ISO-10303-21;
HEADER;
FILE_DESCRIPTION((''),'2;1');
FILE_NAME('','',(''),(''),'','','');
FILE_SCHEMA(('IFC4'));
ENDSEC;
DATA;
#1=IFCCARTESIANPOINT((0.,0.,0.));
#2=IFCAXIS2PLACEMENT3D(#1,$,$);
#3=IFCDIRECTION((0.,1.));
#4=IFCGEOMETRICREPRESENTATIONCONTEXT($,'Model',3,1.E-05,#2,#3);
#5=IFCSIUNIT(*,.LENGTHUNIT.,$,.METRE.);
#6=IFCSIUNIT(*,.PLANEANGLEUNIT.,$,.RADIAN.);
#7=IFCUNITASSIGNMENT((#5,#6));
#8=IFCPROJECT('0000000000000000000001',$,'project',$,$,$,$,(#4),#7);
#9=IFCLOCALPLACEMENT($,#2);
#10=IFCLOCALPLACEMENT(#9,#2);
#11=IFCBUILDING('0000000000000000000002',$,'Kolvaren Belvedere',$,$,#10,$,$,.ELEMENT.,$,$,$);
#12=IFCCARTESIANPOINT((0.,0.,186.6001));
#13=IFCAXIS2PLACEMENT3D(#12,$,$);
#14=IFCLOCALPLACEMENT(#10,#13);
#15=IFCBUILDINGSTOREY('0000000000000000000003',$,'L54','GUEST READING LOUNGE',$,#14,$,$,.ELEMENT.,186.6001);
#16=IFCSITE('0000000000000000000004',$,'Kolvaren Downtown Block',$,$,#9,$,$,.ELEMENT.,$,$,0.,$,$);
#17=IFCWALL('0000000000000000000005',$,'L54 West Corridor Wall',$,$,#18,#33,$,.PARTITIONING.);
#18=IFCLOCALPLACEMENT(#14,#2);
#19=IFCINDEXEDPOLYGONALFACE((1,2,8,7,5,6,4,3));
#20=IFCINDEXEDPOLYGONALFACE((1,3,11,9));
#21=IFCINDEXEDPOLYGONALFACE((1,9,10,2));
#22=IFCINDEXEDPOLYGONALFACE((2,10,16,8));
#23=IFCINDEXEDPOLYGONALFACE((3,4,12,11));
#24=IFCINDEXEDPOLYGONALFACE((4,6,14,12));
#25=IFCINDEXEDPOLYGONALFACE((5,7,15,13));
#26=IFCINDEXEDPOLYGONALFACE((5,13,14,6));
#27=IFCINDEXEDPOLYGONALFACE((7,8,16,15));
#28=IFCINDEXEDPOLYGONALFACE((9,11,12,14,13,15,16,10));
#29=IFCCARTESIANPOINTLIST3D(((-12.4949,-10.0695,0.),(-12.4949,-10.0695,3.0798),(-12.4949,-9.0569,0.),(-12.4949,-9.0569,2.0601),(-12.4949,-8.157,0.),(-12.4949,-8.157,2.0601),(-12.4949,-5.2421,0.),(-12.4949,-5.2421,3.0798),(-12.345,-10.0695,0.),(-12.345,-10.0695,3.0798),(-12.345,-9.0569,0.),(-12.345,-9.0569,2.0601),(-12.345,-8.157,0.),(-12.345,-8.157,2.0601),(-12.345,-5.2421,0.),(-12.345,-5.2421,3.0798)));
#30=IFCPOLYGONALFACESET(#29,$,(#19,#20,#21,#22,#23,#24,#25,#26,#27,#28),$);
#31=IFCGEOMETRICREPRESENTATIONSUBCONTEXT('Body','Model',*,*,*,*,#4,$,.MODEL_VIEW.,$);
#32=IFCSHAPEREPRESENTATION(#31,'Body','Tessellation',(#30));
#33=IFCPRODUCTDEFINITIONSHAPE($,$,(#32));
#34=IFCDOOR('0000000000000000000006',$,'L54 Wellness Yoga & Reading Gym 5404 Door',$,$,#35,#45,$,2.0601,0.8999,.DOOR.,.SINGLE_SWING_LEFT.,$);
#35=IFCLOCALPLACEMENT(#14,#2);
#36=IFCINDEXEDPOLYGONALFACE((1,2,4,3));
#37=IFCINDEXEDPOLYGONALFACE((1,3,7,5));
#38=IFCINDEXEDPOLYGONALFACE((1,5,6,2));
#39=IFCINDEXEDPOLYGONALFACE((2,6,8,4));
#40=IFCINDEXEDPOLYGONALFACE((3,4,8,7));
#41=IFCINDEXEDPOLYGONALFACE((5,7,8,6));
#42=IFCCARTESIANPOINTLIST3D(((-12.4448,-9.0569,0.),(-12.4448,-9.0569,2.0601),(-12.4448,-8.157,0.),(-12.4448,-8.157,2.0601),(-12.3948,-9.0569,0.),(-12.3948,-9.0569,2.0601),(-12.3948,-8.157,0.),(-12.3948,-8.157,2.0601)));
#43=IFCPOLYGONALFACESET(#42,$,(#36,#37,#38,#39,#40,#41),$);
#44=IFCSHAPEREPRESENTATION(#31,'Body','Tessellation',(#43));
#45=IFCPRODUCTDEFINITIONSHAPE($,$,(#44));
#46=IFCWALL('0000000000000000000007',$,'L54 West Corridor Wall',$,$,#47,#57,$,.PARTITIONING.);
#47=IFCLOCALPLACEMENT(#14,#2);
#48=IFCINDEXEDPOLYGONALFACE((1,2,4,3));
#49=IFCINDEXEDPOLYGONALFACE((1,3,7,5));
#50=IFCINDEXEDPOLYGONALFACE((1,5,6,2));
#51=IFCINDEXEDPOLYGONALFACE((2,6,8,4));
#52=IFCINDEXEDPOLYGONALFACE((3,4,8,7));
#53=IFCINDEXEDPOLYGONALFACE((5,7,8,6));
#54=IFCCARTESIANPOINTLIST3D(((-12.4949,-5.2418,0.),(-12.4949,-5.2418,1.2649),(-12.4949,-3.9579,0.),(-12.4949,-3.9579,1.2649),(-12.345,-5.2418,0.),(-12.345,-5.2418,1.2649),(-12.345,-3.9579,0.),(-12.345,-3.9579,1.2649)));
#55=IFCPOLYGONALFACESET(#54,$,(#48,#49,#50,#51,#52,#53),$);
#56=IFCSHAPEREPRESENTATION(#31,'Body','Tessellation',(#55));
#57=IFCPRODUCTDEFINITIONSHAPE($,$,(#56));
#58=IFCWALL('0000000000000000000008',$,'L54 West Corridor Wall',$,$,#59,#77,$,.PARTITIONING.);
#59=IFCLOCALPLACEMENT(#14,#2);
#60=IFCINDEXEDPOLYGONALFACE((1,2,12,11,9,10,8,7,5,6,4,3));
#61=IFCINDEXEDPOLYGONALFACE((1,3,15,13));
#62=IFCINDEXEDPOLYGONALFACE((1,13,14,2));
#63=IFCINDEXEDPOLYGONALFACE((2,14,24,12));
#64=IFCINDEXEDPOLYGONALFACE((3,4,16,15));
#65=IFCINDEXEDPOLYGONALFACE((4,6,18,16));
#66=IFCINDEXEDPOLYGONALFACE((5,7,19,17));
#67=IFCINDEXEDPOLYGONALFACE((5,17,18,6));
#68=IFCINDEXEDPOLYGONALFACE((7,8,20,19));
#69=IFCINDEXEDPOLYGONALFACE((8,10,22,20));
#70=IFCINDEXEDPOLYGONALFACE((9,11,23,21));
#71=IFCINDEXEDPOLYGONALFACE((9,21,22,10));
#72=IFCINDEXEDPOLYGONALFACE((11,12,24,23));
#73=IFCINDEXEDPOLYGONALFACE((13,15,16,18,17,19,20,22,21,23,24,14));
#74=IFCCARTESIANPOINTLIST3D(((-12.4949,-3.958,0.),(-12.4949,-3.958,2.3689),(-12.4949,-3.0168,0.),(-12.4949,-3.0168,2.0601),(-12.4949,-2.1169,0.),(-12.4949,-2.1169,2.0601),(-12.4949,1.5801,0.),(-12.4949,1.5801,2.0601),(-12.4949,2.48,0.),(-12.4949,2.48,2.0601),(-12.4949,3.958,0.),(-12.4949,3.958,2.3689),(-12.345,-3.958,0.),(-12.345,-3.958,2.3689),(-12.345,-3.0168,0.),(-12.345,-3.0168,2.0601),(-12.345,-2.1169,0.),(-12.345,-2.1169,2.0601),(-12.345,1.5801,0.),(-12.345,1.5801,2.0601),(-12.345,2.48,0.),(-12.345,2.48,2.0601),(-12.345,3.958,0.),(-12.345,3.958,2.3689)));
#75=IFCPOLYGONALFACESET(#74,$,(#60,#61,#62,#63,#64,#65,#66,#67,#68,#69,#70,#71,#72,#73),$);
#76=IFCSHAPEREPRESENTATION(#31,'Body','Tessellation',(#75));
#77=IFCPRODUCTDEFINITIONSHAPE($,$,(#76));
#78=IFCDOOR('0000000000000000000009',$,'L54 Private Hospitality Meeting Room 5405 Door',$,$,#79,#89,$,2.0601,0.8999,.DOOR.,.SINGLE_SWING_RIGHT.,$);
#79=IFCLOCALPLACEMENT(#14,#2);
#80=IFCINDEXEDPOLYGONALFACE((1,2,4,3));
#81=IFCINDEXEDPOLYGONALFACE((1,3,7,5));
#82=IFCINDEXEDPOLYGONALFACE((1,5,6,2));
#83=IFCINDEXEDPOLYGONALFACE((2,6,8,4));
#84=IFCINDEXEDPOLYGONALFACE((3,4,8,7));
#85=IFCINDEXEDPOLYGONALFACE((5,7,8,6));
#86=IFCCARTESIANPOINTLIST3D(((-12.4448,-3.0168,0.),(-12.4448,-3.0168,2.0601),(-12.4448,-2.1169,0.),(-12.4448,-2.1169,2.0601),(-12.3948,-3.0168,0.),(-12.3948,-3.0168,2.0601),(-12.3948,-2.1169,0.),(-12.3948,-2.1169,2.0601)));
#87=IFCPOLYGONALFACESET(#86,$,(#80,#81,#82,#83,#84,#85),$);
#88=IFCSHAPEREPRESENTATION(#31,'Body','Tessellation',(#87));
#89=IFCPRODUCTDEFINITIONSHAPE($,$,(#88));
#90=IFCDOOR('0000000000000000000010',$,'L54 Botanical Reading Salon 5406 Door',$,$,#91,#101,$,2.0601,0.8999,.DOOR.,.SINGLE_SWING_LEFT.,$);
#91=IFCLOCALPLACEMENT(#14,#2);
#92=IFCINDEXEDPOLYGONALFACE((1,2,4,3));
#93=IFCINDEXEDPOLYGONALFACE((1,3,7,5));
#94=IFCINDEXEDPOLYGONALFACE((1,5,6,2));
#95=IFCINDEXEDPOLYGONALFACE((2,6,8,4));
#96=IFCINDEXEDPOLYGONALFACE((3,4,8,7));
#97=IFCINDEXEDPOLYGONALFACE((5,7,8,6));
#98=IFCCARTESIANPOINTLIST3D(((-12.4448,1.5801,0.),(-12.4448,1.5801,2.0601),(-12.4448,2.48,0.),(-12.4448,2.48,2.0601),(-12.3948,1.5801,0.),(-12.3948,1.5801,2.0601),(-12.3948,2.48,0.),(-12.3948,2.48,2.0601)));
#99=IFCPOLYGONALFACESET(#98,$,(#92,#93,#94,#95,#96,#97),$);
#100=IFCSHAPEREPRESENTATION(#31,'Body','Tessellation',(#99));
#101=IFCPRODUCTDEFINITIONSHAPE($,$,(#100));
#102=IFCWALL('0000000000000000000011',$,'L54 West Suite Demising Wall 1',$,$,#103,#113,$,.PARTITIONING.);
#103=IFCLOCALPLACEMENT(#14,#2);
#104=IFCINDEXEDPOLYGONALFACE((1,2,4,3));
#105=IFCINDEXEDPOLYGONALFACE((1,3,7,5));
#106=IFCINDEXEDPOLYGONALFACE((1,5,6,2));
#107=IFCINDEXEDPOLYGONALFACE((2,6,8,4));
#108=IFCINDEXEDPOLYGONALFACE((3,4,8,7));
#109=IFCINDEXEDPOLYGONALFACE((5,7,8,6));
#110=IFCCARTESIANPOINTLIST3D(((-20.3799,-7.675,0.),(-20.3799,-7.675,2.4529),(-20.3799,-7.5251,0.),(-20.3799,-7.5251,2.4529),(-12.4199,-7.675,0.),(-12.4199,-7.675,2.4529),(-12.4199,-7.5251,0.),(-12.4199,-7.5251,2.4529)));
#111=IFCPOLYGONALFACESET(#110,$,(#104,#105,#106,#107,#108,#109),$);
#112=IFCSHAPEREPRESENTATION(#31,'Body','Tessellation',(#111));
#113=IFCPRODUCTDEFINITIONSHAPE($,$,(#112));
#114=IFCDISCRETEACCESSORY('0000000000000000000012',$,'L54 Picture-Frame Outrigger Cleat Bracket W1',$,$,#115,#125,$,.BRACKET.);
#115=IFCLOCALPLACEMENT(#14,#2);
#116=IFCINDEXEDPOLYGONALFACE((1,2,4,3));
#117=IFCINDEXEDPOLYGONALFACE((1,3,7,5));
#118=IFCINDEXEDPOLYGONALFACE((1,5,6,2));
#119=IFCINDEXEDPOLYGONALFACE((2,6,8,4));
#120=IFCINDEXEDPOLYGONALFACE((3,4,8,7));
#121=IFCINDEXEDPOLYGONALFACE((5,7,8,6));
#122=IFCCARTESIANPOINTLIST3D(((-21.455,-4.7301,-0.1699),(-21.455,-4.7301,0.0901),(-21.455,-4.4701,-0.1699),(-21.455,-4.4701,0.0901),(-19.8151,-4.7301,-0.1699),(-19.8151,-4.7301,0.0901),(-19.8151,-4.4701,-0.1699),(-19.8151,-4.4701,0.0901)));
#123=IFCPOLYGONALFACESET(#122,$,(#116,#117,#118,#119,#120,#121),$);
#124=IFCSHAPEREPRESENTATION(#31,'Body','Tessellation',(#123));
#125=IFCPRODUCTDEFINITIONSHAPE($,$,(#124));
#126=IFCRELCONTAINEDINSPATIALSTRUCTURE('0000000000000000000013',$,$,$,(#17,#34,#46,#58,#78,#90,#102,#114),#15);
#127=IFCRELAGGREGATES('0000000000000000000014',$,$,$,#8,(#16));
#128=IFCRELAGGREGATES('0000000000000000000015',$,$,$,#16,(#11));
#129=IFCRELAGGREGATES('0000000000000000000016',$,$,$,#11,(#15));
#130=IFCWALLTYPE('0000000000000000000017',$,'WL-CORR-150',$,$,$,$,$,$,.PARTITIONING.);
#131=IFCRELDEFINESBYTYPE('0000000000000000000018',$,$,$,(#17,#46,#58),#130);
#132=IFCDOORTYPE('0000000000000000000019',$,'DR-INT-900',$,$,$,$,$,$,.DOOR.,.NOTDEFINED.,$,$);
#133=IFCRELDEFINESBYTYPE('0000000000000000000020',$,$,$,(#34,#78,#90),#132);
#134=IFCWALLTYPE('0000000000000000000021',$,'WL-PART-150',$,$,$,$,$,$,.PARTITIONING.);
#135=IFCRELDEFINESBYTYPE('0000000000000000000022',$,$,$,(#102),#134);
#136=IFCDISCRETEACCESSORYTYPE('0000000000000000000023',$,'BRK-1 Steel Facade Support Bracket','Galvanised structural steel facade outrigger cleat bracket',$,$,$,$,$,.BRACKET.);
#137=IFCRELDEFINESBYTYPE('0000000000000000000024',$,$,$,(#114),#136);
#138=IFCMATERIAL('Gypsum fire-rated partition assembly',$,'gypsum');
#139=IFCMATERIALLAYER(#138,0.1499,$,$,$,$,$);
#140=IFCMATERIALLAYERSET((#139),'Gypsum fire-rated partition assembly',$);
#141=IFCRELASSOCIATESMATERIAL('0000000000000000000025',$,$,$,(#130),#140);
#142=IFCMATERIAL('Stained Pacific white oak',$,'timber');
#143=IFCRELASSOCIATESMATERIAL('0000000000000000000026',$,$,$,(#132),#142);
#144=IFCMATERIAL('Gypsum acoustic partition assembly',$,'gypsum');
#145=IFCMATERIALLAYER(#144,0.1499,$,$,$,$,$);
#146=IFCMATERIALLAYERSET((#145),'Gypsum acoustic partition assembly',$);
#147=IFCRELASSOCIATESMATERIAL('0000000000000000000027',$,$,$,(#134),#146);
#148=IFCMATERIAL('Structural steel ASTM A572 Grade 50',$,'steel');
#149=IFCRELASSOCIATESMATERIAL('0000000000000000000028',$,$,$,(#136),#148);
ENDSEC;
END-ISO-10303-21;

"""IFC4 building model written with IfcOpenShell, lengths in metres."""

from ifc_helpers import new_model, si_unit, direction, frame, frame_2d, origin, origin_2d, place, context, subcontext, project, spatial, rectangle, extrude, material, layer, layer_set, type_object, element, fill, save


model = new_model("IFC4")

# Units and contexts
model_context = context("Model", 3, precision=1e-05, world=origin(), true_north=direction((0.0, 1.0)))
body_context = subcontext(model_context, "Body", "Model", "MODEL_VIEW")
ifc_project = project(units=[si_unit("LENGTHUNIT", "METRE"), si_unit("PLANEANGLEUNIT", "RADIAN")], contexts=[model_context])

# Site, building, storey
site_placement = place(None, origin())
site = spatial("IfcSite", under=ifc_project, at=site_placement, Name="Kolvaren Downtown Block", CompositionType="ELEMENT", RefElevation=0.0)
building_placement = place(site_placement, origin())
building = spatial("IfcBuilding", under=site, at=building_placement, Name="Kolvaren Belvedere", CompositionType="ELEMENT")
storey_placement = place(building_placement, frame((0.0, 0.0, 186.6001)))
storey = spatial("IfcBuildingStorey", under=building, at=storey_placement, Name="L54", Description="GUEST READING LOUNGE", CompositionType="ELEMENT", Elevation=186.6001)

# Shared definitions
ifc_material_1 = material(Name="Gypsum fire-rated partition assembly", Category="gypsum")
ifc_layer_1 = layer(ifc_material_1, 0.1499)
ifc_layer_set_1 = layer_set([ifc_layer_1], Name="Gypsum fire-rated partition assembly")
wall_type_1 = type_object("IfcWallType", Name="WL-CORR-150", PredefinedType="PARTITIONING", material=ifc_layer_set_1)

# Shared definitions
ifc_material_2 = material(Name="Stained Pacific white oak", Category="timber")
door_type = type_object("IfcDoorType", Name="DR-INT-900", OperationType="NOTDEFINED", PredefinedType="DOOR", material=ifc_material_2)

# Wall, opening, door
wall_1_placement = place(storey_placement, frame((-12.4199, -10.0693, 0.0), z_axis=(0.0, 0.0, 1.0), x_axis=(0.0, 1.0, 0.0)))
wall_1 = element("IfcWall", 1, at=wall_1_placement, inside=storey, type_object=wall_type_1, Name="L54 West Corridor Wall", PredefinedType="PARTITIONING", context=body_context, shape_type="SweptSolid", body=[
    extrude(rectangle(XDim=4.8274, YDim=0.1499, at=frame_2d((2.4136, 0.0))), origin(), (0.0, 0.0, 1.0), 3.0798),
])
opening_1_placement = place(wall_1_placement, frame((1.0125, 0.0, 0.0)))
opening_1 = element("IfcOpeningElement", 2, at=opening_1_placement, cuts=wall_1, PredefinedType="OPENING", context=body_context, shape_type="SweptSolid", body=[
    extrude(rectangle(XDim=0.8999, YDim=2.0601, at=frame_2d((0.45, 1.03))), frame((0.0, 0.085, 0.0), z_axis=(0.0, -1.0, 0.0), x_axis=(1.0, 0.0, 0.0)), (0.0, 0.0, 1.0), 0.1699),
])
door_1_placement = place(opening_1_placement, origin())
door_1 = element("IfcDoor", 3, at=door_1_placement, inside=storey, type_object=door_type, Name="L54 Wellness Yoga & Reading Gym 5404 Door", OperationType="SINGLE_SWING_LEFT", OverallHeight=2.0601, OverallWidth=0.8999, PredefinedType="DOOR", context=body_context, shape_type="SweptSolid", body=[
    extrude(rectangle(XDim=0.8999, YDim=2.0601, at=frame_2d((0.45, 1.03))), frame((0.0, 0.0249, 0.0), z_axis=(0.0, -1.0, 0.0), x_axis=(1.0, 0.0, 0.0)), (0.0, 0.0, 1.0), 0.05),
])
fill(opening_1, door_1)

# Wall
wall_2_placement = place(storey_placement, frame((-12.4199, -5.2419, 0.0), z_axis=(0.0, 0.0, 1.0), x_axis=(0.0, 1.0, 0.0)))
element("IfcWall", 4, at=wall_2_placement, inside=storey, type_object=wall_type_1, Name="L54 West Corridor Wall", PredefinedType="PARTITIONING", context=body_context, shape_type="SweptSolid", body=[
    extrude(rectangle(XDim=1.2839, YDim=0.1499, at=frame_2d((0.6421, 0.0))), origin(), (0.0, 0.0, 1.0), 1.2649),
])

# Wall, openings, doors
wall_3_placement = place(storey_placement, frame((-12.4199, -3.958, 0.0), z_axis=(0.0, 0.0, 1.0), x_axis=(0.0, 1.0, 0.0)))
wall_3 = element("IfcWall", 5, at=wall_3_placement, inside=storey, type_object=wall_type_1, Name="L54 West Corridor Wall", PredefinedType="PARTITIONING", context=body_context, shape_type="SweptSolid", body=[
    extrude(rectangle(XDim=7.916, YDim=0.1499, at=frame_2d((3.958, 0.0))), origin(), (0.0, 0.0, 1.0), 2.3689),
])
opening_2_placement = place(wall_3_placement, frame((0.9412, 0.0, 0.0)))
opening_2 = element("IfcOpeningElement", 6, at=opening_2_placement, cuts=wall_3, PredefinedType="OPENING", context=body_context, shape_type="SweptSolid", body=[
    extrude(rectangle(XDim=0.8999, YDim=2.0601, at=frame_2d((0.45, 1.03))), frame((0.0, 0.085, 0.0), z_axis=(0.0, -1.0, 0.0), x_axis=(1.0, 0.0, 0.0)), (0.0, 0.0, 1.0), 0.1699),
])
opening_3_placement = place(wall_3_placement, frame((5.5381, 0.0, 0.0)))
opening_3 = element("IfcOpeningElement", 7, at=opening_3_placement, cuts=wall_3, PredefinedType="OPENING", context=body_context, shape_type="SweptSolid", body=[
    extrude(rectangle(XDim=0.8999, YDim=2.0601, at=frame_2d((0.45, 1.03))), frame((0.0, 0.085, 0.0), z_axis=(0.0, -1.0, 0.0), x_axis=(1.0, 0.0, 0.0)), (0.0, 0.0, 1.0), 0.1699),
])
door_2_placement = place(opening_2_placement, origin())
door_2 = element("IfcDoor", 8, at=door_2_placement, inside=storey, type_object=door_type, Name="L54 Private Hospitality Meeting Room 5405 Door", OperationType="SINGLE_SWING_RIGHT", OverallHeight=2.0601, OverallWidth=0.8999, PredefinedType="DOOR", context=body_context, shape_type="SweptSolid", body=[
    extrude(rectangle(XDim=0.8999, YDim=2.0601, at=frame_2d((0.45, 1.03))), frame((0.0, 0.0249, 0.0), z_axis=(0.0, -1.0, 0.0), x_axis=(1.0, 0.0, 0.0)), (0.0, 0.0, 1.0), 0.05),
])
fill(opening_2, door_2)
door_3_placement = place(opening_3_placement, origin())
door_3 = element("IfcDoor", 9, at=door_3_placement, inside=storey, type_object=door_type, Name="L54 Botanical Reading Salon 5406 Door", OperationType="SINGLE_SWING_LEFT", OverallHeight=2.0601, OverallWidth=0.8999, PredefinedType="DOOR", context=body_context, shape_type="SweptSolid", body=[
    extrude(rectangle(XDim=0.8999, YDim=2.0601, at=frame_2d((0.45, 1.03))), frame((0.0, 0.0249, 0.0), z_axis=(0.0, -1.0, 0.0), x_axis=(1.0, 0.0, 0.0)), (0.0, 0.0, 1.0), 0.05),
])
fill(opening_3, door_3)

# Wall
ifc_material_3 = material(Name="Gypsum acoustic partition assembly", Category="gypsum")
ifc_layer_2 = layer(ifc_material_3, 0.1499)
ifc_layer_set_2 = layer_set([ifc_layer_2], Name="Gypsum acoustic partition assembly")
wall_type_2 = type_object("IfcWallType", Name="WL-PART-150", PredefinedType="PARTITIONING", material=ifc_layer_set_2)
wall_4_placement = place(storey_placement, frame((-20.3799, -7.6001, 0.0), z_axis=(0.0, 0.0, 1.0), x_axis=(1.0, 0.0, 0.0)))
element("IfcWall", 10, at=wall_4_placement, inside=storey, type_object=wall_type_2, Name="L54 West Suite Demising Wall 1", PredefinedType="PARTITIONING", context=body_context, shape_type="SweptSolid", body=[
    extrude(rectangle(XDim=7.96, YDim=0.1499, at=frame_2d((3.98, 0.0))), origin(), (0.0, 0.0, 1.0), 2.4529),
])

# Discrete accessory
ifc_material_4 = material(Name="Structural steel ASTM A572 Grade 50", Category="steel")
discrete_accessory_type = type_object("IfcDiscreteAccessoryType", Name="BRK-1 Steel Facade Support Bracket", Description="Galvanised structural steel facade outrigger cleat bracket", PredefinedType="BRACKET", material=ifc_material_4)
discrete_accessory_placement = place(storey_placement, frame((-20.635, -4.6001, -0.1699), z_axis=(0.0, 0.0, 1.0), x_axis=(1.0, 0.0, 0.0)))
element("IfcDiscreteAccessory", 11, at=discrete_accessory_placement, inside=storey, type_object=discrete_accessory_type, Name="L54 Picture-Frame Outrigger Cleat Bracket W1", PredefinedType="BRACKET", context=body_context, shape_type="SweptSolid", body=[
    extrude(rectangle(XDim=1.6399, YDim=0.26, at=origin_2d()), origin(), (0.0, 0.0, 1.0), 0.26),
])

save(model, "model.ifc")
